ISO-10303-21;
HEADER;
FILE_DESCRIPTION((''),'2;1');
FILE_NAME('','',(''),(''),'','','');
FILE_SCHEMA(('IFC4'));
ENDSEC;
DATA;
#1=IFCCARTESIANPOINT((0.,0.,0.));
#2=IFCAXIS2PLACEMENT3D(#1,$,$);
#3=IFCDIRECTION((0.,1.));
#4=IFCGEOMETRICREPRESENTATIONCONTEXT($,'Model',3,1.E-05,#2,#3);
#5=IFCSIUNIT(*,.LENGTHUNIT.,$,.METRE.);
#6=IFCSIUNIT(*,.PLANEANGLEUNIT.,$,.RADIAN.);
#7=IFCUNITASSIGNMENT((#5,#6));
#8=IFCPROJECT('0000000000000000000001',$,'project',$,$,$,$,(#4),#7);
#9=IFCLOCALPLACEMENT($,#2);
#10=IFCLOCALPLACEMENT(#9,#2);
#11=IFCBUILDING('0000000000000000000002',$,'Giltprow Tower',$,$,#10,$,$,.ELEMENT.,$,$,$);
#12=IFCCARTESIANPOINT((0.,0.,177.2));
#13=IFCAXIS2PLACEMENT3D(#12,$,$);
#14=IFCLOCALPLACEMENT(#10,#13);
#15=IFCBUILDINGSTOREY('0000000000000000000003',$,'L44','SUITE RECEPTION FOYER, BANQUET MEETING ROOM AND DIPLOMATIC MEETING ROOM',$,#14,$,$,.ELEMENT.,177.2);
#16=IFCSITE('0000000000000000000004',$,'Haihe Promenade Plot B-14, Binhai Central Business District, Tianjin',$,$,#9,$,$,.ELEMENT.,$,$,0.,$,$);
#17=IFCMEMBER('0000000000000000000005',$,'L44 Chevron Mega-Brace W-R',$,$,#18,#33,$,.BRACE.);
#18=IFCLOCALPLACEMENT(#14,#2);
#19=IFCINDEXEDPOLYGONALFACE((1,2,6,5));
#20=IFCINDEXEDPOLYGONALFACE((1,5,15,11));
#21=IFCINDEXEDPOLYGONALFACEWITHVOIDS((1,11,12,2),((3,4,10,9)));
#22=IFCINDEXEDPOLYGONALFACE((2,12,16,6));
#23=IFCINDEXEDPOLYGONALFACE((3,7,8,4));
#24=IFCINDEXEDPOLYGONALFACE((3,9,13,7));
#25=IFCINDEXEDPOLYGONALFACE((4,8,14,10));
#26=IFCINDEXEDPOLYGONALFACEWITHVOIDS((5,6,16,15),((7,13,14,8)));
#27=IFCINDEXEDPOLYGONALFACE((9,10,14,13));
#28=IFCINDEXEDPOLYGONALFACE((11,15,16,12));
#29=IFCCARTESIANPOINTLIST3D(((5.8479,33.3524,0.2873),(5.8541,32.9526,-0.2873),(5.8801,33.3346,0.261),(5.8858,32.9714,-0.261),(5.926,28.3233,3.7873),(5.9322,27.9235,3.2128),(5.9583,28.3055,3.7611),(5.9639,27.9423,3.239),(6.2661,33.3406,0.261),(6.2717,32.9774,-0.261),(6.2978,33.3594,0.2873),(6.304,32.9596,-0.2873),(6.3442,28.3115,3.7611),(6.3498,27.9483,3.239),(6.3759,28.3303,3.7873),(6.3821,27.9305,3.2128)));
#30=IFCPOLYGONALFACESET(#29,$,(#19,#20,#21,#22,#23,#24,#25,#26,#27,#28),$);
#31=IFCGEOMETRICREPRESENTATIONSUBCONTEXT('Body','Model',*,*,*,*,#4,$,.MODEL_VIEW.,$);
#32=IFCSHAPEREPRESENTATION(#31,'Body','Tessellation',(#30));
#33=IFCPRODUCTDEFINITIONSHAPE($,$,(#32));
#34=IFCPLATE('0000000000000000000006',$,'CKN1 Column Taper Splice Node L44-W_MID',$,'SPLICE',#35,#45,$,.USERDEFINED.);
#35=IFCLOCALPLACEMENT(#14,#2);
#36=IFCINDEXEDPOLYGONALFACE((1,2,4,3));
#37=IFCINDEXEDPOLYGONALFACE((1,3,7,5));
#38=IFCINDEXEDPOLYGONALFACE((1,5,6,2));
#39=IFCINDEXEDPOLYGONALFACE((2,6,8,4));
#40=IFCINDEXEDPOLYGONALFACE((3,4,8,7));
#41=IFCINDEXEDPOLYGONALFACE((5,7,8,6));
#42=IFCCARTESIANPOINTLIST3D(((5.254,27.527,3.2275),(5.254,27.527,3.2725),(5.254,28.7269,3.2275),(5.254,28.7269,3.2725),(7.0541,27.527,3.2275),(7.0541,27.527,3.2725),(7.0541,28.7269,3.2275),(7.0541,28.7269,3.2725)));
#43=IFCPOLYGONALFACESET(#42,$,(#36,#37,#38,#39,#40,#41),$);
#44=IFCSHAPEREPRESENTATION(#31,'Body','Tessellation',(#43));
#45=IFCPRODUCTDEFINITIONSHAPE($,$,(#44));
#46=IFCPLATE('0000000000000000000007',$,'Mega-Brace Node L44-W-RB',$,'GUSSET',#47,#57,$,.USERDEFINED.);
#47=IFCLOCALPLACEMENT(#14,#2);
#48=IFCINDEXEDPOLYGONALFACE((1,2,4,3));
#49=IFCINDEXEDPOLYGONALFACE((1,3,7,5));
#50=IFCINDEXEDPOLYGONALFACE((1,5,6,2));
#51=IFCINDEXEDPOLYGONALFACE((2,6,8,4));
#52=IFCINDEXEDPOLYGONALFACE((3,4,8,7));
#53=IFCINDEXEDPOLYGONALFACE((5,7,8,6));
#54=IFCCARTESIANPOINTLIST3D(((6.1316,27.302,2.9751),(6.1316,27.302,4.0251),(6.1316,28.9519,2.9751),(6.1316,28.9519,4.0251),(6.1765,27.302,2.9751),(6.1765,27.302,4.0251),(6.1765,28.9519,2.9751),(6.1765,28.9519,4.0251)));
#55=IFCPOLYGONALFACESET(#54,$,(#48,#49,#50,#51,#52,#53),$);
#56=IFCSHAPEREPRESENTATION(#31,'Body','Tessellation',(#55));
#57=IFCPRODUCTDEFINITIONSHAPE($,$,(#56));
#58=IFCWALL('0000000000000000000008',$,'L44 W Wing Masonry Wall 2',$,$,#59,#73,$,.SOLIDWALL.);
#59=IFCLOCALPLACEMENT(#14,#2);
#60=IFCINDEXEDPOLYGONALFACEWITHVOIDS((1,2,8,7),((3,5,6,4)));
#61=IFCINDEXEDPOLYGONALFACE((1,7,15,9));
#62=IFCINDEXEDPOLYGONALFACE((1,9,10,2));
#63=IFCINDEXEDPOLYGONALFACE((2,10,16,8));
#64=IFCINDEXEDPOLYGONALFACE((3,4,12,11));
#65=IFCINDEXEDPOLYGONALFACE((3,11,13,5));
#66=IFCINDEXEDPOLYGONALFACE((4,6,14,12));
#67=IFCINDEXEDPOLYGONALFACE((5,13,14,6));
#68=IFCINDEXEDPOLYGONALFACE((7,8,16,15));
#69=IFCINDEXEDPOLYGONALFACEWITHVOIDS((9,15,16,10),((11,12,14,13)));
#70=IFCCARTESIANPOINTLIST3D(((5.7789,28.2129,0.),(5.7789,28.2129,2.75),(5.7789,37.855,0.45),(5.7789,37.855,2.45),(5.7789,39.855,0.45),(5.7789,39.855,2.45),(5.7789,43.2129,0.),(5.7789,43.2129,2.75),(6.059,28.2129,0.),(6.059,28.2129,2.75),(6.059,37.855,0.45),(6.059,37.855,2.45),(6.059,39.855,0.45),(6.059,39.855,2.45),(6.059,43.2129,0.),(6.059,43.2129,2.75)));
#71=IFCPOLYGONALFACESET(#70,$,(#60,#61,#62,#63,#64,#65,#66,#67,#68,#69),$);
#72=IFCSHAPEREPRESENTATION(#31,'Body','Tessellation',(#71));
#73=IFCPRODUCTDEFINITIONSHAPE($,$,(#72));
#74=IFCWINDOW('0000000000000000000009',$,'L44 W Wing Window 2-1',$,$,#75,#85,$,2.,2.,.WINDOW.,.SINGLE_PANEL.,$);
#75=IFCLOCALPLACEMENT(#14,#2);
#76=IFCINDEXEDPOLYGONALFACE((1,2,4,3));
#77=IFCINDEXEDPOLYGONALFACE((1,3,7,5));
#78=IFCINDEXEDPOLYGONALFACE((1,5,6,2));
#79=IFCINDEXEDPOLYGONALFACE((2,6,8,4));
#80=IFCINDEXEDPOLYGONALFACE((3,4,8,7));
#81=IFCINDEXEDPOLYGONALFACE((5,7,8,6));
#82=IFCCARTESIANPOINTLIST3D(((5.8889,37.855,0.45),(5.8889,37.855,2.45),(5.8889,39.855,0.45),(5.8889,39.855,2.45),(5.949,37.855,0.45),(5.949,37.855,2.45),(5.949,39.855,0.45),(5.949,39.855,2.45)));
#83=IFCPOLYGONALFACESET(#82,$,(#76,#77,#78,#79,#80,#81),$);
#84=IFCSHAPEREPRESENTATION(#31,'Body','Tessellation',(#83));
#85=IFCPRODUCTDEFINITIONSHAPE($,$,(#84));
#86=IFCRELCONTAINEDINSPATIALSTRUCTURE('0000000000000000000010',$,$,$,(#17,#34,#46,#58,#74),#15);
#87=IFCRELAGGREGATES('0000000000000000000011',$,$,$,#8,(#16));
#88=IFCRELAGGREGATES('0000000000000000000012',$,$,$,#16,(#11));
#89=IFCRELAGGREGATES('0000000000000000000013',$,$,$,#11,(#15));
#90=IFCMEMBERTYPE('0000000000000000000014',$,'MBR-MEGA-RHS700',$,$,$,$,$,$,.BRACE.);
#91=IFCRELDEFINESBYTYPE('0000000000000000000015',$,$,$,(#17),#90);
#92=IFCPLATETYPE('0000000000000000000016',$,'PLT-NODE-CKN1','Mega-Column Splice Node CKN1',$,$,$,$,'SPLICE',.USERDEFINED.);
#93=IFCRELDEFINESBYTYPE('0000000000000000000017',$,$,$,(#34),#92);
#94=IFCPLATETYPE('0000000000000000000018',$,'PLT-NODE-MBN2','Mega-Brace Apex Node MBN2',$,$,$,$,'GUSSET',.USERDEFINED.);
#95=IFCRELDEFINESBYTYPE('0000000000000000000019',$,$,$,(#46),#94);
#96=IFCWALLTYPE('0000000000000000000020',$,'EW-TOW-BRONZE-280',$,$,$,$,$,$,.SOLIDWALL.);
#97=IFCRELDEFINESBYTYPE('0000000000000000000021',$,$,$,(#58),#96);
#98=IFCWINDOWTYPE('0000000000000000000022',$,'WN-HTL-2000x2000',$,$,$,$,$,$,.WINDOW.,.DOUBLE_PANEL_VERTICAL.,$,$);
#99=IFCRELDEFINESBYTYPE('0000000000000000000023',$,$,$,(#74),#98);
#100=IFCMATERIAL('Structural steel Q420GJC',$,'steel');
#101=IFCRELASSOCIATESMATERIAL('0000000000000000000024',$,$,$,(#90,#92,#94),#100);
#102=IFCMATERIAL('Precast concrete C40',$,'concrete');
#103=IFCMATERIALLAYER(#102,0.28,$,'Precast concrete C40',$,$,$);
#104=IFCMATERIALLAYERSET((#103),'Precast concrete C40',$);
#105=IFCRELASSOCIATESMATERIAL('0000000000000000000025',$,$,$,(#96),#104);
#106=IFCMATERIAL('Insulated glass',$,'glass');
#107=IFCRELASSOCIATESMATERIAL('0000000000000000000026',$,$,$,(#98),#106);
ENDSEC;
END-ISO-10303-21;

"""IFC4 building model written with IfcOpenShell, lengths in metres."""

from ifc_helpers import new_model, si_unit, direction, frame, frame_2d, origin, origin_2d, place, context, subcontext, project, spatial, rectangle, hollow_rectangle, extrude, source, transform, mapped, material, layer, layer_set, material_profile, profile_set, type_object, element, fill, save


model = new_model("IFC4")

# Units and contexts
model_context = context("Model", 3, precision=1e-05, world=origin(), true_north=direction((0.0, 1.0)))
body_context = subcontext(model_context, "Body", "Model", "MODEL_VIEW")
ifc_project = project(units=[si_unit("LENGTHUNIT", "METRE"), si_unit("PLANEANGLEUNIT", "RADIAN")], contexts=[model_context])

# Site, building, storey
site_placement = place(None, origin())
site = spatial("IfcSite", under=ifc_project, at=site_placement, Name="Haihe Promenade Plot B-14, Binhai Central Business District, Tianjin", CompositionType="ELEMENT", RefElevation=0.0)
building_placement = place(site_placement, origin())
building = spatial("IfcBuilding", under=site, at=building_placement, Name="Giltprow Tower", CompositionType="ELEMENT")
storey_placement = place(building_placement, frame((0.0, 0.0, 177.2)))
storey = spatial("IfcBuildingStorey", under=building, at=storey_placement, Name="L44", Description="SUITE RECEPTION FOYER, BANQUET MEETING ROOM AND DIPLOMATIC MEETING ROOM", CompositionType="ELEMENT", Elevation=177.2)

# Shared definitions
ifc_material_1 = material(Name="Structural steel Q420GJC", Category="steel")

# Member
ifc_material_profile_1 = material_profile(ifc_material_1, hollow_rectangle(XDim=0.45, YDim=0.7, WallThickness=0.032, at=origin_2d()), Name="RHS 700x450x32")
ifc_profile_set_1 = profile_set([ifc_material_profile_1], Name="Structural steel Q420GJC")
member_type = type_object("IfcMemberType", Name="MBR-MEGA-RHS700", PredefinedType="BRACE", material=ifc_profile_set_1)
shared_shape_1 = source(origin(), body_context, "Body", "SweptSolid", [
    extrude(hollow_rectangle(XDim=0.45, YDim=0.7, WallThickness=0.032, at=origin_2d()), origin(), (0.0, 0.0, 1.0), 6.1277),
])
member_placement = place(storey_placement, frame((6.0759, 33.156, 0.0), z_axis=(0.01275, -0.820722, 0.571186), x_axis=(0.999879, 0.015533, 0.0)))
element("IfcMember", 1, at=member_placement, inside=storey, type_object=member_type, Name="L44 Chevron Mega-Brace W-R", PredefinedType="BRACE", context=body_context, shape_type="MappedRepresentation", body=[
    mapped(shared_shape_1, transform((0.0, 0.0, 0.0), x_axis=(1.0, 0.0, 0.0), y_axis=(0.0, 1.0, 0.0), z_axis=(0.0, 0.0, 1.0), scale=1.0)),
])

# Plates
plate_type_1 = type_object("IfcPlateType", Name="PLT-NODE-CKN1", Description="Mega-Column Splice Node CKN1", ElementType="SPLICE", PredefinedType="USERDEFINED", material=ifc_material_1)
shared_shape_2 = source(origin(), body_context, "Body", "SweptSolid", [
    extrude(rectangle(XDim=1.8, YDim=1.2, at=origin_2d()), origin(), (0.0, 0.0, 1.0), 0.0449),
])
plate_1_placement = place(storey_placement, frame((6.1541, 28.127, 3.2275), z_axis=(0.0, 0.0, 1.0), x_axis=(1.0, 0.0, 0.0)))
element("IfcPlate", 2, at=plate_1_placement, inside=storey, type_object=plate_type_1, Name="CKN1 Column Taper Splice Node L44-W_MID", ObjectType="SPLICE", PredefinedType="USERDEFINED", context=body_context, shape_type="MappedRepresentation", body=[
    mapped(shared_shape_2, transform((0.0, 0.0, 0.0), x_axis=(1.0, 0.0, 0.0), y_axis=(0.0, 1.0, 0.0), z_axis=(0.0, 0.0, 1.0), scale=1.0)),
])
plate_type_2 = type_object("IfcPlateType", Name="PLT-NODE-MBN2", Description="Mega-Brace Apex Node MBN2", ElementType="GUSSET", PredefinedType="USERDEFINED", material=ifc_material_1)
shared_shape_3 = source(origin(), body_context, "Body", "SweptSolid", [
    extrude(rectangle(XDim=1.6499, YDim=0.0449, at=origin_2d()), origin(), (0.0, 0.0, 1.0), 1.05),
])
plate_2_placement = place(storey_placement, frame((6.1541, 28.127, 2.9751), z_axis=(0.0, 0.0, 1.0), x_axis=(0.0, 1.0, 0.0)))
element("IfcPlate", 3, at=plate_2_placement, inside=storey, type_object=plate_type_2, Name="Mega-Brace Node L44-W-RB", ObjectType="GUSSET", PredefinedType="USERDEFINED", context=body_context, shape_type="MappedRepresentation", body=[
    mapped(shared_shape_3, transform((0.0, 0.0, 0.0), x_axis=(1.0, 0.0, 0.0), y_axis=(0.0, 1.0, 0.0), z_axis=(0.0, 0.0, 1.0), scale=1.0)),
])

# Wall, opening, window
ifc_material_2 = material(Name="Precast concrete C40", Category="concrete")
ifc_layer_1 = layer(ifc_material_2, 0.28, Name="Precast concrete C40")
ifc_layer_set_1 = layer_set([ifc_layer_1], Name="Precast concrete C40")
wall_type_1 = type_object("IfcWallType", Name="EW-TOW-BRONZE-280", PredefinedType="SOLIDWALL", material=ifc_layer_set_1)
wall_1_placement = place(storey_placement, frame((5.9189, 28.2129, 0.0), z_axis=(0.0, 0.0, 1.0), x_axis=(0.0, 1.0, 0.0)))
wall_1 = element("IfcWall", 4, at=wall_1_placement, inside=storey, type_object=wall_type_1, Name="L44 W Wing Masonry Wall 2", PredefinedType="SOLIDWALL", context=body_context, shape_type="SweptSolid", body=[
    extrude(rectangle(XDim=15.0, YDim=0.28, at=frame_2d((7.5, 0.0))), origin(), (0.0, 0.0, 1.0), 2.75),
])
opening_1_placement = place(wall_1_placement, frame((9.6421, 0.0, 0.45)))
opening_1 = element("IfcOpeningElement", 5, at=opening_1_placement, cuts=wall_1, PredefinedType="OPENING", context=body_context, shape_type="SweptSolid", body=[
    extrude(rectangle(XDim=2.0, YDim=2.0, at=frame_2d((1.0, 1.0))), frame((0.0, 0.1499, 0.0), z_axis=(0.0, -1.0, 0.0), x_axis=(1.0, 0.0, 0.0)), (0.0, 0.0, 1.0), 0.3),
])
ifc_material_3 = material(Name="Insulated glass", Category="glass")
window_type = type_object("IfcWindowType", Name="WN-HTL-2000x2000", PartitioningType="DOUBLE_PANEL_VERTICAL", PredefinedType="WINDOW", material=ifc_material_3)
shared_shape_4 = source(origin(), body_context, "Body", "SweptSolid", [
    extrude(rectangle(XDim=2.0, YDim=2.0, at=frame_2d((1.0, 1.0))), frame((0.0, 0.03, 0.0), z_axis=(0.0, -1.0, 0.0), x_axis=(1.0, 0.0, 0.0)), (0.0, 0.0, 1.0), 0.0601),
])
window_placement = place(opening_1_placement, origin())
window = element("IfcWindow", 6, at=window_placement, inside=storey, type_object=window_type, Name="L44 W Wing Window 2-1", OverallHeight=2.0, OverallWidth=2.0, PartitioningType="SINGLE_PANEL", PredefinedType="WINDOW", context=body_context, shape_type="MappedRepresentation", body=[
    mapped(shared_shape_4, transform((0.0, 0.0, 0.0), x_axis=(1.0, 0.0, 0.0), y_axis=(0.0, 1.0, 0.0), z_axis=(0.0, 0.0, 1.0), scale=1.0)),
])
fill(opening_1, window)

save(model, "model.ifc")
